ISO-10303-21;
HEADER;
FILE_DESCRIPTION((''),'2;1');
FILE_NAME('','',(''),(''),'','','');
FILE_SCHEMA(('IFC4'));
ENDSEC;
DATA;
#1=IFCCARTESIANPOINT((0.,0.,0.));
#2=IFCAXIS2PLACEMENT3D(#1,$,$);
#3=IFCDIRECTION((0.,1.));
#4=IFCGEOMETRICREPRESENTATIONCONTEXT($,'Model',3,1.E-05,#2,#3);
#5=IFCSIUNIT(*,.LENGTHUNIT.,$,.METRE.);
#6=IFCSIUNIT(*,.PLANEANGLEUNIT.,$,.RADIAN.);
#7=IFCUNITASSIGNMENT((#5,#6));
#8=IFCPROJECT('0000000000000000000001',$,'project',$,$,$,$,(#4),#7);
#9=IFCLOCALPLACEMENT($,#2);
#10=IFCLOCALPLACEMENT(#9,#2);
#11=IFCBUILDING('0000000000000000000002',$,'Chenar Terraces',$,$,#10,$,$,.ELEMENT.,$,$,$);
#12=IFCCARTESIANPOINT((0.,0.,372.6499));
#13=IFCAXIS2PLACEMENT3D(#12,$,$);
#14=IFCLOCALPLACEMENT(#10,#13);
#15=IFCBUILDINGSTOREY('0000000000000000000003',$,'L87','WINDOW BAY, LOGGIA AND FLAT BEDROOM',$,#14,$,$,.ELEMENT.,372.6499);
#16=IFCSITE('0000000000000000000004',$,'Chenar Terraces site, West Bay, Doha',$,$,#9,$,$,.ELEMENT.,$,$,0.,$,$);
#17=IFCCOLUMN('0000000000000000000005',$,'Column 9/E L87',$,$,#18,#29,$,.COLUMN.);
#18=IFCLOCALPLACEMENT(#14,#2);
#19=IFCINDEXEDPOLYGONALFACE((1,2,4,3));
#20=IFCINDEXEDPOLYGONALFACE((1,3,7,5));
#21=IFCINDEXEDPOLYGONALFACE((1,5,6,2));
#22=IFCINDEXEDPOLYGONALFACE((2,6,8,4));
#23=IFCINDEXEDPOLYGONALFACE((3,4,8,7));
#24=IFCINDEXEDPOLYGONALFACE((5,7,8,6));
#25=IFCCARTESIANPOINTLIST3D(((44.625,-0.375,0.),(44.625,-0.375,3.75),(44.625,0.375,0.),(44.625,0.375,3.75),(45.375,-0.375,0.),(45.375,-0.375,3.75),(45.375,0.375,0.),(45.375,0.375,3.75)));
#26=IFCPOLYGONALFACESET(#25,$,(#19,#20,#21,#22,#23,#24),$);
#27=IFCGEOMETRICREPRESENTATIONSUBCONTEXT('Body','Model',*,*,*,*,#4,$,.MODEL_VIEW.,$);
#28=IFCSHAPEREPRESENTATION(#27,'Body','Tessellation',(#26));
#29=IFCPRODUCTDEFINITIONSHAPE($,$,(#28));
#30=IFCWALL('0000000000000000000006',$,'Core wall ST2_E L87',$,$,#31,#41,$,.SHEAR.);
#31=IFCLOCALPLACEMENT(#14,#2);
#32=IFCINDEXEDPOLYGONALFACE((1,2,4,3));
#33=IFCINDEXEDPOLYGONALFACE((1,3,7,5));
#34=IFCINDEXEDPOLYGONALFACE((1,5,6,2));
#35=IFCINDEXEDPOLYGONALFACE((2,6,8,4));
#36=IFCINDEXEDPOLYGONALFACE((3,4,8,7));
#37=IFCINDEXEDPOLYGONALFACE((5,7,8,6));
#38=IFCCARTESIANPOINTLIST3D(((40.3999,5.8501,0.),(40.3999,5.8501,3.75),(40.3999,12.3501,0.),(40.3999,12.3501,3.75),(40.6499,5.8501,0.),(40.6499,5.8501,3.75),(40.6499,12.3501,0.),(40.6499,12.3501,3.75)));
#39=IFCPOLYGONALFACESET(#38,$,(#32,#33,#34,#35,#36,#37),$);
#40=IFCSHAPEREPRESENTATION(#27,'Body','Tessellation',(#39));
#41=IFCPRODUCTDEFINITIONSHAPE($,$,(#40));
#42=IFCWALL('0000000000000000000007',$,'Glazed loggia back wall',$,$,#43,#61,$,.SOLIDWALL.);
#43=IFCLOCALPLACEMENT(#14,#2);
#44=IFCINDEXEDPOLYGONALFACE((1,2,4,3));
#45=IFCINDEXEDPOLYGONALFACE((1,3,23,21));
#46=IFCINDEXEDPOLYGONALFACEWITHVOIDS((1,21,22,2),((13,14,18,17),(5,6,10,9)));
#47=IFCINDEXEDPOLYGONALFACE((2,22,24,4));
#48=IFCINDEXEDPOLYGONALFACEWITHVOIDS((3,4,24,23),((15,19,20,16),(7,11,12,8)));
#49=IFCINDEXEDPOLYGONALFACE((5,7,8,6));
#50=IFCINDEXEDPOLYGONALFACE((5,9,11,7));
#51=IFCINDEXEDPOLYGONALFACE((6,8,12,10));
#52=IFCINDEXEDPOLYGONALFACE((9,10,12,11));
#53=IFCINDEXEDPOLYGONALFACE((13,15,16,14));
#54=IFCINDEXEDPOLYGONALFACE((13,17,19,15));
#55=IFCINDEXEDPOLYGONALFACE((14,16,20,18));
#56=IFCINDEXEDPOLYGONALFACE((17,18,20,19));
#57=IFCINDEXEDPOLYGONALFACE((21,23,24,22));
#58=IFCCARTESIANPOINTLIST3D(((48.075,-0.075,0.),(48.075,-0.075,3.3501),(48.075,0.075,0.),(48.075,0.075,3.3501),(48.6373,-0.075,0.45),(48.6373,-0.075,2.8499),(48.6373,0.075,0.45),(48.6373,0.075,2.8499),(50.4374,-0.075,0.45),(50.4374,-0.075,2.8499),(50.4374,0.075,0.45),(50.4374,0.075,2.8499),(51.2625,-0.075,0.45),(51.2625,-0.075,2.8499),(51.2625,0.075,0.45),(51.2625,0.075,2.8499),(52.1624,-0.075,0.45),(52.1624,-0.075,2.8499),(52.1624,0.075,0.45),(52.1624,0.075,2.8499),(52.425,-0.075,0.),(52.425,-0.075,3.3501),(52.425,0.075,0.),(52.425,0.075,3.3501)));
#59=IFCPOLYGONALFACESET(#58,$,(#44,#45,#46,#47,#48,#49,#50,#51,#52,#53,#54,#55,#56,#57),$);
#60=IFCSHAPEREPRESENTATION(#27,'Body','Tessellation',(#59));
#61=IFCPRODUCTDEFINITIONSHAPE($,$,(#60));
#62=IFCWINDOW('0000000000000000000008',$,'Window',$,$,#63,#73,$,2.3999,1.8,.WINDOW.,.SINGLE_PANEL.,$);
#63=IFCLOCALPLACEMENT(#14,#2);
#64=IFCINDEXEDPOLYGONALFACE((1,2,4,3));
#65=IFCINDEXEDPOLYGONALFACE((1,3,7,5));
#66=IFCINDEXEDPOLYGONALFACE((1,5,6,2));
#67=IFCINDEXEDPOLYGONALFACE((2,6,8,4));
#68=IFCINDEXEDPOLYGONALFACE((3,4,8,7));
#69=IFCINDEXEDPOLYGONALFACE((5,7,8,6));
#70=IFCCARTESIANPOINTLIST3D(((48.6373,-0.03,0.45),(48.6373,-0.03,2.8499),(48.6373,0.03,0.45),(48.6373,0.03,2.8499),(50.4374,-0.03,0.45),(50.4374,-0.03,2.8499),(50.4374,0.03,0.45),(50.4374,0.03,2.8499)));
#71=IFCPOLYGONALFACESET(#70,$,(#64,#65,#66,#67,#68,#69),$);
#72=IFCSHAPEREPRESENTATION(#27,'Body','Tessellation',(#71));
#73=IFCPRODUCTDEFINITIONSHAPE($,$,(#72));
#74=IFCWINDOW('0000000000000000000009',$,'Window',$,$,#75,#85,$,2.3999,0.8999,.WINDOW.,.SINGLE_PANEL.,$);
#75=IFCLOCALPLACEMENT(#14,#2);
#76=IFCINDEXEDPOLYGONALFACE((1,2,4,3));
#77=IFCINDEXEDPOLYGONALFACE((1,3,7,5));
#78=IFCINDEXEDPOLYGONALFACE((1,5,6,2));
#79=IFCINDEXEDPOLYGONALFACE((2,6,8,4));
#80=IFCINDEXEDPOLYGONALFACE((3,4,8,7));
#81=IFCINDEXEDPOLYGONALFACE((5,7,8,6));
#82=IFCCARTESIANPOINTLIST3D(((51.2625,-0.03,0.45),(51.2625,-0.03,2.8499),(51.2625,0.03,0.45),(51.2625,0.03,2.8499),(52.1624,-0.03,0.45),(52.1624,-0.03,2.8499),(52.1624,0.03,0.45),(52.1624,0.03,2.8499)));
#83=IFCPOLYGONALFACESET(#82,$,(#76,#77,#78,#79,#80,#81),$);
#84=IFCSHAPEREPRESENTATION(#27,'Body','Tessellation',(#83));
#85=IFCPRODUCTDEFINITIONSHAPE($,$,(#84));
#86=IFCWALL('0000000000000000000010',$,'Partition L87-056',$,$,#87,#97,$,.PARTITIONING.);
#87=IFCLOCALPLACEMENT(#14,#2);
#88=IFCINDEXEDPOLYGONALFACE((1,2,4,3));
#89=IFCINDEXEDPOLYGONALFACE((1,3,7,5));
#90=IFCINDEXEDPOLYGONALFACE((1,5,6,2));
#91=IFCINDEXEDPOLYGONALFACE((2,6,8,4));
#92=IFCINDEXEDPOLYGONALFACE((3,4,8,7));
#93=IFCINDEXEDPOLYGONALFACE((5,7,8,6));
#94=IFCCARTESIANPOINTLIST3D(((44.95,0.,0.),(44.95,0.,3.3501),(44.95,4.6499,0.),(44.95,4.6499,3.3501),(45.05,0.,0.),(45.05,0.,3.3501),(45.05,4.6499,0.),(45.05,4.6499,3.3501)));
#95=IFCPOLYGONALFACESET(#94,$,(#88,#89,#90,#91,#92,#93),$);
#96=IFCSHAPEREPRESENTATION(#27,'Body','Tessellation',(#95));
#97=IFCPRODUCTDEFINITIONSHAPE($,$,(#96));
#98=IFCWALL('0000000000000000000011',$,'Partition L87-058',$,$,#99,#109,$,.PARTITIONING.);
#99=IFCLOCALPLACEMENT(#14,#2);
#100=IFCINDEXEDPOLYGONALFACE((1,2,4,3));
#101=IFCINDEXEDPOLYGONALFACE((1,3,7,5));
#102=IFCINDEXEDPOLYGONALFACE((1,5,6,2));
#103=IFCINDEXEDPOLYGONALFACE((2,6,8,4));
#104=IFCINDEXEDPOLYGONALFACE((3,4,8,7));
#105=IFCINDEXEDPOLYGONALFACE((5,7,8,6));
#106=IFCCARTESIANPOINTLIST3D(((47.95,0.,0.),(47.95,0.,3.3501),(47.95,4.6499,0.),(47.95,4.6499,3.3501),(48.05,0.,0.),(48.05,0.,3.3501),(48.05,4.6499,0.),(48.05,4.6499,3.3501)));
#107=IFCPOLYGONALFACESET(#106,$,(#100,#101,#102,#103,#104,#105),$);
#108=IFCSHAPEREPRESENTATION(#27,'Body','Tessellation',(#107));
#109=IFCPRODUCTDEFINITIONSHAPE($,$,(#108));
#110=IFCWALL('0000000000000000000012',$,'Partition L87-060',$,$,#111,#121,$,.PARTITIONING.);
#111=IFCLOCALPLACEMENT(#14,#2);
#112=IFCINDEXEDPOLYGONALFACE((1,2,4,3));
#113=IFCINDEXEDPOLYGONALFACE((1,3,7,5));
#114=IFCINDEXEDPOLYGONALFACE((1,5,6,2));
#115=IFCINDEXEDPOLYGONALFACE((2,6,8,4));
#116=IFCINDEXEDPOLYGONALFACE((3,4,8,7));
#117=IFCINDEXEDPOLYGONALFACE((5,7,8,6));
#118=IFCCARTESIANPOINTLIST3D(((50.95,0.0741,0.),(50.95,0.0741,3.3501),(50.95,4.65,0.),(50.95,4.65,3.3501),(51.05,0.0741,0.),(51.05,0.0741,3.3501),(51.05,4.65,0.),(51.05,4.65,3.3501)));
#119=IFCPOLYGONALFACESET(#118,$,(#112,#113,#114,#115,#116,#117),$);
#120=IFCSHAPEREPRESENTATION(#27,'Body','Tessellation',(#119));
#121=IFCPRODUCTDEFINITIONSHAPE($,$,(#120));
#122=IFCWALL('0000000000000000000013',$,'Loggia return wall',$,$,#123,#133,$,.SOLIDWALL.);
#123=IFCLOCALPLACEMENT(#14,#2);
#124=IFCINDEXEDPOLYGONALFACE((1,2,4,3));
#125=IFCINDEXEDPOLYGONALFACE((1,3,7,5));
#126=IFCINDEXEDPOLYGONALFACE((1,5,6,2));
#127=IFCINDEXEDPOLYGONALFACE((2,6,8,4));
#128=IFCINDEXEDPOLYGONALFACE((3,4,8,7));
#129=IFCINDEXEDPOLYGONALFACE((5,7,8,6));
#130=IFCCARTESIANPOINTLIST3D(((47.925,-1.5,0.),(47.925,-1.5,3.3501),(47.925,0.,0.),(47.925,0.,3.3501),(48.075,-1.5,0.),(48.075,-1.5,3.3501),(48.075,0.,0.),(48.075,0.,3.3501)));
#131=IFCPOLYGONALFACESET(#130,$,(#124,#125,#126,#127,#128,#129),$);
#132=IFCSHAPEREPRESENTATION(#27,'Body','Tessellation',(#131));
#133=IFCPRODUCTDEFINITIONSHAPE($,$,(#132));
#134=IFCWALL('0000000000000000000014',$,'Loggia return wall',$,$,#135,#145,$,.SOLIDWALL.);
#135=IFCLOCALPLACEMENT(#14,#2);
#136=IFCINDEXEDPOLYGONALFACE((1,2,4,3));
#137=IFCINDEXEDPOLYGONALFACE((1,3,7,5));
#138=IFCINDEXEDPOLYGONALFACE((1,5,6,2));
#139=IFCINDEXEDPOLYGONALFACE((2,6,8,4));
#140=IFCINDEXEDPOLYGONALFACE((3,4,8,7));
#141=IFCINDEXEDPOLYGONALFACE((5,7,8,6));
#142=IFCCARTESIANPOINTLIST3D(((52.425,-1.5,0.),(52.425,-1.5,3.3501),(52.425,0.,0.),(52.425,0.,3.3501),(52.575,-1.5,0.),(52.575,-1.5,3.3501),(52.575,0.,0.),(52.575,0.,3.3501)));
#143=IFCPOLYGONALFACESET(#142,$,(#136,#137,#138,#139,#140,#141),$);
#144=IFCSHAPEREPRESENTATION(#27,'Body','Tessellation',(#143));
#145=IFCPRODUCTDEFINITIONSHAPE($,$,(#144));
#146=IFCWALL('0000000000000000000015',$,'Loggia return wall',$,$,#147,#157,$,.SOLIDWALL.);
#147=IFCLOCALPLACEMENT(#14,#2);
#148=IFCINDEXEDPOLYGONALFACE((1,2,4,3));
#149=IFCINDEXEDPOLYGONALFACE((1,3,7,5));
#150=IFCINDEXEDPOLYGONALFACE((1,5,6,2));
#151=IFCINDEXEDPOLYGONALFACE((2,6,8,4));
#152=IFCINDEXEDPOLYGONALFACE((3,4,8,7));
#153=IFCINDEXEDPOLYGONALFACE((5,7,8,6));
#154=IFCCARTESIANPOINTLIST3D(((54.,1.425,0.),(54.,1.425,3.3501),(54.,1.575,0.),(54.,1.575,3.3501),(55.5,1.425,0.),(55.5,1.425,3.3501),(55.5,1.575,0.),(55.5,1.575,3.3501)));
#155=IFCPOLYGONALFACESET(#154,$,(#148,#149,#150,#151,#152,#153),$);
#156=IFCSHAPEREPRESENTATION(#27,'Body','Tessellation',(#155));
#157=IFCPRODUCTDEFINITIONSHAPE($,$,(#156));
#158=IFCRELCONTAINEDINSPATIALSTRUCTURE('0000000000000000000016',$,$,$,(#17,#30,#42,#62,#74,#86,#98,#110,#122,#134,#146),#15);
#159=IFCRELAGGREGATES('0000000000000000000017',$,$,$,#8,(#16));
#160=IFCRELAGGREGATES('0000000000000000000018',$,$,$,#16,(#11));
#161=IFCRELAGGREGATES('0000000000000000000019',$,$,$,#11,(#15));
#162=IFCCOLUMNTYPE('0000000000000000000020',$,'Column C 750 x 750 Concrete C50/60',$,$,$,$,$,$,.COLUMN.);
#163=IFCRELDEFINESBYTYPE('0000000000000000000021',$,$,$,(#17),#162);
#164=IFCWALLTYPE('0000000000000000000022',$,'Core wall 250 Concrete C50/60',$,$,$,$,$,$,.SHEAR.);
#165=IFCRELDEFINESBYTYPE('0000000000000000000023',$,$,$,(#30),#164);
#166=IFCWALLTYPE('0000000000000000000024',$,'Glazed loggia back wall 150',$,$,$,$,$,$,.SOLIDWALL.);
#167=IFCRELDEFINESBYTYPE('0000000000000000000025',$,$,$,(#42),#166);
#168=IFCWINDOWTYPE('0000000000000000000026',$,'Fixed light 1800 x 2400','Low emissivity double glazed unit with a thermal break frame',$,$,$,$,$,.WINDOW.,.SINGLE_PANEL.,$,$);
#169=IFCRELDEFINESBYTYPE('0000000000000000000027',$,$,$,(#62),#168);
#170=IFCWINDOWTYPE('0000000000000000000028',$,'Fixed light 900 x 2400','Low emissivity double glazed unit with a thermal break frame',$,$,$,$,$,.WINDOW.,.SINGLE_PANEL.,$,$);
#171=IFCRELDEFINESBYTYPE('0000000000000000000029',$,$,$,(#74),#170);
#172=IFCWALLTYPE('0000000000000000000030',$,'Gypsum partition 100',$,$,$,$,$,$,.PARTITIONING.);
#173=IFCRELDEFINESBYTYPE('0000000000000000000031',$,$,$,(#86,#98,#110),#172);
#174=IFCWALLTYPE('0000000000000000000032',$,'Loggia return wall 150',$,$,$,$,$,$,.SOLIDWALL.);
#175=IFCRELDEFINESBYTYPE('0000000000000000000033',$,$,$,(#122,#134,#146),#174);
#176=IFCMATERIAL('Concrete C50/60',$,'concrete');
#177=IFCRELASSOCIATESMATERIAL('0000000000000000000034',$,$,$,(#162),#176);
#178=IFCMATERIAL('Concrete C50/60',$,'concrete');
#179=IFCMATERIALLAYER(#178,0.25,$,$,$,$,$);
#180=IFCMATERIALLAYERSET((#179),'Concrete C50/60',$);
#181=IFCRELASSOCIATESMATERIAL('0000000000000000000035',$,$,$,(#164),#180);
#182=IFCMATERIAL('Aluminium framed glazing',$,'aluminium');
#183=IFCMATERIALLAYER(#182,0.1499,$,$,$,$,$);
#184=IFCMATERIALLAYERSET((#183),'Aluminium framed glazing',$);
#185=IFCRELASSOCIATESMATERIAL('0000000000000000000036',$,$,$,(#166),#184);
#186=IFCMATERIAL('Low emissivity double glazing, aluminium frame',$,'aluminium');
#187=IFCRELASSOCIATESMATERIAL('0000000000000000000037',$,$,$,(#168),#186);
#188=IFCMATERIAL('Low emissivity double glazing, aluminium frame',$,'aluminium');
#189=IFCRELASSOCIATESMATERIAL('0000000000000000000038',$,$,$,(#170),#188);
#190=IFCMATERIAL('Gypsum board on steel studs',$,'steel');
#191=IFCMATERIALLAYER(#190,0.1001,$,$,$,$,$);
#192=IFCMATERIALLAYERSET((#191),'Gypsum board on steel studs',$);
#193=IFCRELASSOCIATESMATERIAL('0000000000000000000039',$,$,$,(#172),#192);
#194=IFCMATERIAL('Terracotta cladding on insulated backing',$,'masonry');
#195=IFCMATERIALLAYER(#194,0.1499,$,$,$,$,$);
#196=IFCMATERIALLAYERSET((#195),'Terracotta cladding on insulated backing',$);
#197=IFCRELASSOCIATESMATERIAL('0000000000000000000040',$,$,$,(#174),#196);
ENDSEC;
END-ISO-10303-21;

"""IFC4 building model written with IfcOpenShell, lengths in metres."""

from ifc_helpers import new_model, si_unit, direction, frame, frame_2d, origin, origin_2d, place, context, subcontext, project, spatial, rectangle, extrude, material, layer, layer_set, material_profile, profile_set, type_object, element, fill, save


model = new_model("IFC4")

# Units and contexts
model_context = context("Model", 3, precision=1e-05, world=origin(), true_north=direction((0.0, 1.0)))
body_context = subcontext(model_context, "Body", "Model", "MODEL_VIEW")
ifc_project = project(units=[si_unit("LENGTHUNIT", "METRE"), si_unit("PLANEANGLEUNIT", "RADIAN")], contexts=[model_context])

# Site, building, storey
site_placement = place(None, origin())
site = spatial("IfcSite", under=ifc_project, at=site_placement, Name="Chenar Terraces site, West Bay, Doha", CompositionType="ELEMENT", RefElevation=0.0)
building_placement = place(site_placement, origin())
building = spatial("IfcBuilding", under=site, at=building_placement, Name="Chenar Terraces", CompositionType="ELEMENT")
storey_placement = place(building_placement, frame((0.0, 0.0, 372.6499)))
storey = spatial("IfcBuildingStorey", under=building, at=storey_placement, Name="L87", Description="WINDOW BAY, LOGGIA AND FLAT BEDROOM", CompositionType="ELEMENT", Elevation=372.6499)

# Column
ifc_material_1 = material(Name="Concrete C50/60", Category="concrete")
ifc_material_profile = material_profile(ifc_material_1, rectangle(XDim=0.75, YDim=0.75, at=origin_2d()), Name="C 750 x 750")
ifc_profile_set = profile_set([ifc_material_profile], Name="Concrete C50/60")
column_type = type_object("IfcColumnType", Name="Column C 750 x 750 Concrete C50/60", PredefinedType="COLUMN", material=ifc_profile_set)
column_placement = place(storey_placement, frame((45.0, 0.0, 0.0), z_axis=(0.0, 0.0, 1.0), x_axis=(1.0, 0.0, 0.0)))
element("IfcColumn", 1, at=column_placement, inside=storey, type_object=column_type, Name="Column 9/E L87", PredefinedType="COLUMN", context=body_context, shape_type="SweptSolid", body=[
    extrude(rectangle(XDim=0.75, YDim=0.75, at=origin_2d()), origin(), (0.0, 0.0, 1.0), 3.75),
])

# Wall
ifc_material_2 = material(Name="Concrete C50/60", Category="concrete")
ifc_layer_1 = layer(ifc_material_2, 0.25)
ifc_layer_set_1 = layer_set([ifc_layer_1], Name="Concrete C50/60")
wall_type_1 = type_object("IfcWallType", Name="Core wall 250 Concrete C50/60", PredefinedType="SHEAR", material=ifc_layer_set_1)
wall_1_placement = place(storey_placement, frame((40.5249, 5.8501, 0.0), z_axis=(0.0, 0.0, 1.0), x_axis=(0.0, 1.0, 0.0)))
element("IfcWall", 2, at=wall_1_placement, inside=storey, type_object=wall_type_1, Name="Core wall ST2_E L87", PredefinedType="SHEAR", context=body_context, shape_type="SweptSolid", body=[
    extrude(rectangle(XDim=6.5, YDim=0.25, at=frame_2d((3.25, 0.0))), origin(), (0.0, 0.0, 1.0), 3.75),
])

# Wall, openings, windows
ifc_material_3 = material(Name="Aluminium framed glazing", Category="aluminium")
ifc_layer_2 = layer(ifc_material_3, 0.1499)
ifc_layer_set_2 = layer_set([ifc_layer_2], Name="Aluminium framed glazing")
wall_type_2 = type_object("IfcWallType", Name="Glazed loggia back wall 150", PredefinedType="SOLIDWALL", material=ifc_layer_set_2)
wall_2_placement = place(storey_placement, frame((48.075, 0.0, 0.0), z_axis=(0.0, 0.0, 1.0), x_axis=(1.0, 0.0, 0.0)))
wall_2 = element("IfcWall", 3, at=wall_2_placement, inside=storey, type_object=wall_type_2, Name="Glazed loggia back wall", PredefinedType="SOLIDWALL", context=body_context, shape_type="SweptSolid", body=[
    extrude(rectangle(XDim=4.3501, YDim=0.1499, at=frame_2d((2.175, 0.0))), origin(), (0.0, 0.0, 1.0), 3.3501),
])
opening_1_placement = place(wall_2_placement, frame((0.5625, 0.0, 0.45)))
opening_1 = element("IfcOpeningElement", 4, at=opening_1_placement, cuts=wall_2, PredefinedType="OPENING", context=body_context, shape_type="SweptSolid", body=[
    extrude(rectangle(XDim=1.8, YDim=2.3999, at=frame_2d((0.8999, 1.2))), frame((0.0, 0.085, 0.0), z_axis=(0.0, -1.0, 0.0), x_axis=(1.0, 0.0, 0.0)), (0.0, 0.0, 1.0), 0.1699),
])
opening_2_placement = place(wall_2_placement, frame((3.1875, 0.0, 0.45)))
opening_2 = element("IfcOpeningElement", 5, at=opening_2_placement, cuts=wall_2, PredefinedType="OPENING", context=body_context, shape_type="SweptSolid", body=[
    extrude(rectangle(XDim=0.8999, YDim=2.3999, at=frame_2d((0.45, 1.2))), frame((0.0, 0.085, 0.0), z_axis=(0.0, -1.0, 0.0), x_axis=(1.0, 0.0, 0.0)), (0.0, 0.0, 1.0), 0.1699),
])
ifc_material_4 = material(Name="Low emissivity double glazing, aluminium frame", Category="aluminium")
window_type_1 = type_object("IfcWindowType", Name="Fixed light 1800 x 2400", Description="Low emissivity double glazed unit with a thermal break frame", PartitioningType="SINGLE_PANEL", PredefinedType="WINDOW", material=ifc_material_4)
window_1_placement = place(opening_1_placement, origin())
window_1 = element("IfcWindow", 6, at=window_1_placement, inside=storey, type_object=window_type_1, Name="Window", OverallHeight=2.3999, OverallWidth=1.8, PartitioningType="SINGLE_PANEL", PredefinedType="WINDOW", context=body_context, shape_type="SweptSolid", body=[
    extrude(rectangle(XDim=1.8, YDim=2.3999, at=frame_2d((0.8999, 1.2))), frame((0.0, 0.03, 0.0), z_axis=(0.0, -1.0, 0.0), x_axis=(1.0, 0.0, 0.0)), (0.0, 0.0, 1.0), 0.0601),
])
fill(opening_1, window_1)
ifc_material_5 = material(Name="Low emissivity double glazing, aluminium frame", Category="aluminium")
window_type_2 = type_object("IfcWindowType", Name="Fixed light 900 x 2400", Description="Low emissivity double glazed unit with a thermal break frame", PartitioningType="SINGLE_PANEL", PredefinedType="WINDOW", material=ifc_material_5)
window_2_placement = place(opening_2_placement, origin())
window_2 = element("IfcWindow", 7, at=window_2_placement, inside=storey, type_object=window_type_2, Name="Window", OverallHeight=2.3999, OverallWidth=0.8999, PartitioningType="SINGLE_PANEL", PredefinedType="WINDOW", context=body_context, shape_type="SweptSolid", body=[
    extrude(rectangle(XDim=0.8999, YDim=2.3999, at=frame_2d((0.45, 1.2))), frame((0.0, 0.03, 0.0), z_axis=(0.0, -1.0, 0.0), x_axis=(1.0, 0.0, 0.0)), (0.0, 0.0, 1.0), 0.0601),
])
fill(opening_2, window_2)

# Walls
ifc_material_6 = material(Name="Gypsum board on steel studs", Category="steel")
ifc_layer_3 = layer(ifc_material_6, 0.1001)
ifc_layer_set_3 = layer_set([ifc_layer_3], Name="Gypsum board on steel studs")
wall_type_3 = type_object("IfcWallType", Name="Gypsum partition 100", PredefinedType="PARTITIONING", material=ifc_layer_set_3)
for number, where, z_axis, x_axis, name in (
    (8, (45.0, 0.0, 0.0), (0.0, 0.0, 1.0), (0.0, 1.0, 0.0), "Partition L87-056"),
    (9, (48.0, 0.0, 0.0), (0.0, 0.0, 1.0), (0.0, 1.0, 0.0), "Partition L87-058"),
):
    element("IfcWall", number, at=place(storey_placement, frame(where, z_axis=z_axis, x_axis=x_axis)), inside=storey, type_object=wall_type_3, Name=name, PredefinedType="PARTITIONING", context=body_context, shape_type="SweptSolid", body=[
        extrude(rectangle(XDim=4.6499, YDim=0.1001, at=frame_2d((2.325, 0.0))), origin(), (0.0, 0.0, 1.0), 3.3501),
    ])
wall_3_placement = place(storey_placement, frame((51.0, 0.074, 0.0), z_axis=(0.0, 0.0, 1.0), x_axis=(0.0, 1.0, 0.0)))
element("IfcWall", 10, at=wall_3_placement, inside=storey, type_object=wall_type_3, Name="Partition L87-060", PredefinedType="PARTITIONING", context=body_context, shape_type="SweptSolid", body=[
    extrude(rectangle(XDim=4.5759, YDim=0.1001, at=frame_2d((2.2881, 0.0))), origin(), (0.0, 0.0, 1.0), 3.3501),
])
ifc_material_7 = material(Name="Terracotta cladding on insulated backing", Category="masonry")
ifc_layer_4 = layer(ifc_material_7, 0.1499)
ifc_layer_set_4 = layer_set([ifc_layer_4], Name="Terracotta cladding on insulated backing")
wall_type_4 = type_object("IfcWallType", Name="Loggia return wall 150", PredefinedType="SOLIDWALL", material=ifc_layer_set_4)
for number, where, z_axis, x_axis, name in (
    (11, (48.0, -1.5, 0.0), (0.0, 0.0, 1.0), (0.0, 1.0, 0.0), "Loggia return wall"),
    (12, (52.5, -1.5, 0.0), (0.0, 0.0, 1.0), (0.0, 1.0, 0.0), "Loggia return wall"),
    (13, (55.5, 1.5, 0.0), (0.0, 0.0, 1.0), (-1.0, 0.0, 0.0), "Loggia return wall"),
):
    element("IfcWall", number, at=place(storey_placement, frame(where, z_axis=z_axis, x_axis=x_axis)), inside=storey, type_object=wall_type_4, Name=name, PredefinedType="SOLIDWALL", context=body_context, shape_type="SweptSolid", body=[
        extrude(rectangle(XDim=1.5, YDim=0.1499, at=frame_2d((0.75, 0.0))), origin(), (0.0, 0.0, 1.0), 3.3501),
    ])

save(model, "model.ifc")
